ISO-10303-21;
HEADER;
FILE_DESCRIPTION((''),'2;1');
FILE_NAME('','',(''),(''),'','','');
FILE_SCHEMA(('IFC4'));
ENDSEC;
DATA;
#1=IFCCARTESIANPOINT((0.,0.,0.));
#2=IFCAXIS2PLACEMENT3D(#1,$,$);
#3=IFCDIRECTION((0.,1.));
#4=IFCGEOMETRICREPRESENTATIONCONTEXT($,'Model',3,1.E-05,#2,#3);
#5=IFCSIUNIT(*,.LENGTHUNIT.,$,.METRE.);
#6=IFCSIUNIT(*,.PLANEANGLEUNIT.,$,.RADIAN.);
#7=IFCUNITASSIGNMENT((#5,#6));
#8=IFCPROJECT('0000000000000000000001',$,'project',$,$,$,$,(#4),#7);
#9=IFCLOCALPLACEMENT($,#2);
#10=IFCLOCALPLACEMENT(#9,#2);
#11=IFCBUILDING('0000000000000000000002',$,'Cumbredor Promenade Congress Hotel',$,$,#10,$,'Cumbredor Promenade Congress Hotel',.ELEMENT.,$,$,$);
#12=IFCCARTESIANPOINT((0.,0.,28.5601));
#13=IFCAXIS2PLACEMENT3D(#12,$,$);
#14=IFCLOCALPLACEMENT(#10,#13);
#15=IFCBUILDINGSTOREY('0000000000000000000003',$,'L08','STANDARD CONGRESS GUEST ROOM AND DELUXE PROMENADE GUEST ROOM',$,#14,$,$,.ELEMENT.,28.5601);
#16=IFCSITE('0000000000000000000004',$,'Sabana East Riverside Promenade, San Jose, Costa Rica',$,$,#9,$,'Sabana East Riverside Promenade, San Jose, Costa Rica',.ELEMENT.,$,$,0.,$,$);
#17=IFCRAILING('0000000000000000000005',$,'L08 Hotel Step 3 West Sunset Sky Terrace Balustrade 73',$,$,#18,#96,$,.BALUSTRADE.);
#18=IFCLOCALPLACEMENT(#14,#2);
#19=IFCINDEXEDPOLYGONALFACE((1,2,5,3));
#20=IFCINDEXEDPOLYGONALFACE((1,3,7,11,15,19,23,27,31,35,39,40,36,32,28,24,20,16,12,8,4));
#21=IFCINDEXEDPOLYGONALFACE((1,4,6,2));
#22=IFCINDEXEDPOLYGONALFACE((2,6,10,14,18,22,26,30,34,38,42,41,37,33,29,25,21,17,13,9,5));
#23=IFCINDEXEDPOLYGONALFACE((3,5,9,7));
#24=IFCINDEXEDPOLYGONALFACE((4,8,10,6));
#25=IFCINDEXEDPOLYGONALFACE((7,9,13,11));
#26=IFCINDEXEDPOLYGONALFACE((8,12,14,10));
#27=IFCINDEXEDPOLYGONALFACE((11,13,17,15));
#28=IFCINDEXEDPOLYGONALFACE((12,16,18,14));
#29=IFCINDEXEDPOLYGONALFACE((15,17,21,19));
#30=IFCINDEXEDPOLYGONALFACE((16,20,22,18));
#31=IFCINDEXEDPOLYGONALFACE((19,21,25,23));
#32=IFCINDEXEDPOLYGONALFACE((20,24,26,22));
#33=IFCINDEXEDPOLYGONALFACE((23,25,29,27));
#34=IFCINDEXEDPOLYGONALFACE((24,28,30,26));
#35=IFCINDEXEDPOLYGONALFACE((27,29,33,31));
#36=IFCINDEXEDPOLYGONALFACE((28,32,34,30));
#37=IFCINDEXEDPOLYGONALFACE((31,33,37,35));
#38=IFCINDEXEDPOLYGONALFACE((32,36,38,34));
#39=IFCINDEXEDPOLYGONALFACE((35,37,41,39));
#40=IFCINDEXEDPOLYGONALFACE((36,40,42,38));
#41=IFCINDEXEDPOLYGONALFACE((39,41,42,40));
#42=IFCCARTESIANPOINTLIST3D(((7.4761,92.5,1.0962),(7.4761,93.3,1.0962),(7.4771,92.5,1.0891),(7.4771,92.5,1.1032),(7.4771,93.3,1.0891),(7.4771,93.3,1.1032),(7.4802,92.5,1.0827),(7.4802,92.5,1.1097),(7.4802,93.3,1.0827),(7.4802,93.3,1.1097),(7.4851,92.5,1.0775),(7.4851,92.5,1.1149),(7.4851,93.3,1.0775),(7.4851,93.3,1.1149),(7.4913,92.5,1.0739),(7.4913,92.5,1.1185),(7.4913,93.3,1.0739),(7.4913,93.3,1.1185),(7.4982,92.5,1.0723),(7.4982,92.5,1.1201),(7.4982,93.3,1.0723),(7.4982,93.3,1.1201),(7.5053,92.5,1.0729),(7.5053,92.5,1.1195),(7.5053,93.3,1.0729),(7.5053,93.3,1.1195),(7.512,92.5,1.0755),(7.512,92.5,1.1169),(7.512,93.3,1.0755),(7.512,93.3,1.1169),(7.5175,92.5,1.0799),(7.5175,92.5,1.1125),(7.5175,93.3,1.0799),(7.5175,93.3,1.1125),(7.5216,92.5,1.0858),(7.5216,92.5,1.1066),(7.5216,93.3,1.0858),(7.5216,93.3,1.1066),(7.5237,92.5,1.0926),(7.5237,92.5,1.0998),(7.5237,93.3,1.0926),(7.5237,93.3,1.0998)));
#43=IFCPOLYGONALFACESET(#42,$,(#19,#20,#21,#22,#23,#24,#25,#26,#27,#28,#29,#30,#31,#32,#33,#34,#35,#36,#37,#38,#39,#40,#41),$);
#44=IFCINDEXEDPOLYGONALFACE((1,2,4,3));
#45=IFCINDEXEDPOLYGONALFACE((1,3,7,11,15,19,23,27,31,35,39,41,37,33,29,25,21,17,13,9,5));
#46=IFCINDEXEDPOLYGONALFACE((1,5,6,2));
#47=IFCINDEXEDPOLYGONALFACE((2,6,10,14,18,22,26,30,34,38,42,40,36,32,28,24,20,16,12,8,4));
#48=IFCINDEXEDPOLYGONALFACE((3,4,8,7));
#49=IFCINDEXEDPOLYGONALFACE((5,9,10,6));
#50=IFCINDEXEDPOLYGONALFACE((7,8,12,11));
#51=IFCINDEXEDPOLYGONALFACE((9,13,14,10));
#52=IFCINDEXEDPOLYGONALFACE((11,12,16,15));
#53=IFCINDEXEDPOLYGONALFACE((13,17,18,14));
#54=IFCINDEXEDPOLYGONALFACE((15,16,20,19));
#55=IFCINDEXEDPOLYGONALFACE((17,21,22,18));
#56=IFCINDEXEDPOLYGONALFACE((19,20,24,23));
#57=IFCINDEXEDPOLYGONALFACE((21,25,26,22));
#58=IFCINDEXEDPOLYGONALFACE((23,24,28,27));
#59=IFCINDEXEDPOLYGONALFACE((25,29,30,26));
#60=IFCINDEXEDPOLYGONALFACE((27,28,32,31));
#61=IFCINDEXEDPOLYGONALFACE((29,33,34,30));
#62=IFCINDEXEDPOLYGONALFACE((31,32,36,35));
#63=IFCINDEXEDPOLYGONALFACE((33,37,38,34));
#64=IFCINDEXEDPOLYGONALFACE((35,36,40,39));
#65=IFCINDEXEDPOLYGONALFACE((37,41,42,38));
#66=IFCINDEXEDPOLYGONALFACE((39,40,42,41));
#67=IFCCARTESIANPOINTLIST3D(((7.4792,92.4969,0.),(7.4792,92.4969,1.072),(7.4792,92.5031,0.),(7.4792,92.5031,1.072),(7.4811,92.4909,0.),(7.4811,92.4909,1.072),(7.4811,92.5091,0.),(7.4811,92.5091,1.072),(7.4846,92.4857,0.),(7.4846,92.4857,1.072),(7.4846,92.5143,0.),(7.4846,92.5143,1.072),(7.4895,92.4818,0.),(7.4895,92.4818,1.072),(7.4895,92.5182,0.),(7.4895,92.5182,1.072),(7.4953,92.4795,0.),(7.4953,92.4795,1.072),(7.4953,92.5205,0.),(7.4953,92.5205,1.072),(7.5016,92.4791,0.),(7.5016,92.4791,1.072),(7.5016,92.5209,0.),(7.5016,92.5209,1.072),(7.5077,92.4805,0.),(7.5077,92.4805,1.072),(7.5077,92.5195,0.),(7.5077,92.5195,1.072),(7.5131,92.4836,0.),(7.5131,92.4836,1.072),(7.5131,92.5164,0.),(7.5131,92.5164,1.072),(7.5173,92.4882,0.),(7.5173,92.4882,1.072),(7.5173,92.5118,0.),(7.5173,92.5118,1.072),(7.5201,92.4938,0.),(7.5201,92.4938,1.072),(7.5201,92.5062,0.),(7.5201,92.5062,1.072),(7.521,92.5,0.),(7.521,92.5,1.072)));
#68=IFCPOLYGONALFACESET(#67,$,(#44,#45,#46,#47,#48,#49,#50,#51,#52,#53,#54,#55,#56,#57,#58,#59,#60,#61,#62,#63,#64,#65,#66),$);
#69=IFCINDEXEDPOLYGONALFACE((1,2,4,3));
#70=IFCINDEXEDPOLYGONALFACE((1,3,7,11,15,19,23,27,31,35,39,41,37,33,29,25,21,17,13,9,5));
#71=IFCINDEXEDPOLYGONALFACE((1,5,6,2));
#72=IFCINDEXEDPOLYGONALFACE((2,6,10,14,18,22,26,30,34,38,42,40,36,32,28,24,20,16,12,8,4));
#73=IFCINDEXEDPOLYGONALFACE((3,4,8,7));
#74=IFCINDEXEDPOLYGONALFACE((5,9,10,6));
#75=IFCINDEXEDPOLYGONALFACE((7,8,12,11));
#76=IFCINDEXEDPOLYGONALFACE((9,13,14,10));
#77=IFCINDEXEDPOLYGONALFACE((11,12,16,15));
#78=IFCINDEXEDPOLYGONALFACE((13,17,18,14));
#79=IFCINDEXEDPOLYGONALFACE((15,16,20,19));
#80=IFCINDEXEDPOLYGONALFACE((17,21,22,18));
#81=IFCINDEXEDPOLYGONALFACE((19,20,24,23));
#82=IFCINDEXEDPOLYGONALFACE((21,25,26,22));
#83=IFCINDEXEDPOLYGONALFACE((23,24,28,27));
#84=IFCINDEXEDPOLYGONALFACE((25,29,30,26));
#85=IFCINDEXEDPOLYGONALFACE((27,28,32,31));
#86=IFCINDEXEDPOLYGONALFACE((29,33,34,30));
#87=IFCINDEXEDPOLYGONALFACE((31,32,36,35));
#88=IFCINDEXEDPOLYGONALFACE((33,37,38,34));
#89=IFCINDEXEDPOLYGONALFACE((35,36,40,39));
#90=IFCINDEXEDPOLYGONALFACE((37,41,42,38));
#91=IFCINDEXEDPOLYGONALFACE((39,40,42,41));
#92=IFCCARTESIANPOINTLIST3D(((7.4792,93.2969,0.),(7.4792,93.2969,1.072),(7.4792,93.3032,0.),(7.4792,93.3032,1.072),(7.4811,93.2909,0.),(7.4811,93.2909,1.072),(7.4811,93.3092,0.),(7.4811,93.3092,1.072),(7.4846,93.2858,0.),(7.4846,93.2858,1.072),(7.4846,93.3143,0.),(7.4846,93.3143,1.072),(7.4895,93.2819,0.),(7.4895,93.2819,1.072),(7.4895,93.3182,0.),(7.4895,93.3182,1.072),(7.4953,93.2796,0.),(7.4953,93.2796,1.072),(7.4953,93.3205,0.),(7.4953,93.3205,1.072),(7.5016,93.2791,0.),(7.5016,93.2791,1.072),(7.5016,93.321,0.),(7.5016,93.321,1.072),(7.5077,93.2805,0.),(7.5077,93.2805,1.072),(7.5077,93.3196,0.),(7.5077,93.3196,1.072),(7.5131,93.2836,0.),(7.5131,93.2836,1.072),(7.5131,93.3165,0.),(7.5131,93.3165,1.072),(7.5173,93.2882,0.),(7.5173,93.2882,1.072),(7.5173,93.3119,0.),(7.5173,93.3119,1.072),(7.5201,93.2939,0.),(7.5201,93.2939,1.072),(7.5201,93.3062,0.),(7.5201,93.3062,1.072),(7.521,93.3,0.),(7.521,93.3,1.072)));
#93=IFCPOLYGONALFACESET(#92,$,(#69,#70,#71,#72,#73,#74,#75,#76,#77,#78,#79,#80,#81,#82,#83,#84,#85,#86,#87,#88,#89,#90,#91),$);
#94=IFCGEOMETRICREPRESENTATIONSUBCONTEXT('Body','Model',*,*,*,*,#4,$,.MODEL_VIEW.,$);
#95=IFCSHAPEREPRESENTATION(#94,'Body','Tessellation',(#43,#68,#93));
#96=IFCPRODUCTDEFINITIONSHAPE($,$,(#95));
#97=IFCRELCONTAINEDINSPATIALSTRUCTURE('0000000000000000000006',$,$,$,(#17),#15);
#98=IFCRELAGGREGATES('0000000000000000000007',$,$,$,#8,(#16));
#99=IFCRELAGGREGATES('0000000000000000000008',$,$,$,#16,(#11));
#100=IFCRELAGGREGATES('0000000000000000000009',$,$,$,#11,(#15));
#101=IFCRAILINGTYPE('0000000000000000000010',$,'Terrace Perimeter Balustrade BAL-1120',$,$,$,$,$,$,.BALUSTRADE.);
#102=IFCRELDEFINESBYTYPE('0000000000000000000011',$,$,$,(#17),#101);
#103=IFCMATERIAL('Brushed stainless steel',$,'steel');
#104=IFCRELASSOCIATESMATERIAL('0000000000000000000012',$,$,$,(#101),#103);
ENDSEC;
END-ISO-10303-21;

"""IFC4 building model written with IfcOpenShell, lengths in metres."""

from ifc_helpers import new_model, si_unit, direction, frame, origin, origin_2d, place, context, subcontext, project, spatial, circle, extrude, material, type_object, element, save


model = new_model("IFC4")

# Units and contexts
model_context = context("Model", 3, precision=1e-05, world=origin(), true_north=direction((0.0, 1.0)))
body_context = subcontext(model_context, "Body", "Model", "MODEL_VIEW")
ifc_project = project(units=[si_unit("LENGTHUNIT", "METRE"), si_unit("PLANEANGLEUNIT", "RADIAN")], contexts=[model_context])

# Site, building, storey
site_placement = place(None, origin())
site = spatial("IfcSite", under=ifc_project, at=site_placement, Name="Sabana East Riverside Promenade, San Jose, Costa Rica", LongName="Sabana East Riverside Promenade, San Jose, Costa Rica", CompositionType="ELEMENT", RefElevation=0.0)
building_placement = place(site_placement, origin())
building = spatial("IfcBuilding", under=site, at=building_placement, Name="Cumbredor Promenade Congress Hotel", LongName="Cumbredor Promenade Congress Hotel", CompositionType="ELEMENT")
storey_placement = place(building_placement, frame((0.0, 0.0, 28.5601)))
storey = spatial("IfcBuildingStorey", under=building, at=storey_placement, Name="L08", Description="STANDARD CONGRESS GUEST ROOM AND DELUXE PROMENADE GUEST ROOM", CompositionType="ELEMENT", Elevation=28.5601)

# Railing
ifc_material_1 = material(Name="Brushed stainless steel", Category="steel")
railing_type = type_object("IfcRailingType", Name="Terrace Perimeter Balustrade BAL-1120", PredefinedType="BALUSTRADE", material=ifc_material_1)
railing_1_placement = place(storey_placement, frame((7.5, 92.5, 0.0)))
element("IfcRailing", 1, at=railing_1_placement, inside=storey, type_object=railing_type, Name="L08 Hotel Step 3 West Sunset Sky Terrace Balustrade 73", PredefinedType="BALUSTRADE", context=body_context, shape_type="SweptSolid", body=[
    extrude(circle(Radius=0.0239, at=origin_2d()), frame((0.0, 0.0, 1.0962), z_axis=(0.0, 1.0, 0.0), x_axis=(-1.0, 0.0, 0.0)), (0.0, 0.0, 1.0), 0.8),
    extrude(circle(Radius=0.021, at=origin_2d()), origin(), (0.0, 0.0, 1.0), 1.072),
    extrude(circle(Radius=0.021, at=origin_2d()), frame((0.0, 0.8, 0.0)), (0.0, 0.0, 1.0), 1.072),
])

save(model, "model.ifc")
